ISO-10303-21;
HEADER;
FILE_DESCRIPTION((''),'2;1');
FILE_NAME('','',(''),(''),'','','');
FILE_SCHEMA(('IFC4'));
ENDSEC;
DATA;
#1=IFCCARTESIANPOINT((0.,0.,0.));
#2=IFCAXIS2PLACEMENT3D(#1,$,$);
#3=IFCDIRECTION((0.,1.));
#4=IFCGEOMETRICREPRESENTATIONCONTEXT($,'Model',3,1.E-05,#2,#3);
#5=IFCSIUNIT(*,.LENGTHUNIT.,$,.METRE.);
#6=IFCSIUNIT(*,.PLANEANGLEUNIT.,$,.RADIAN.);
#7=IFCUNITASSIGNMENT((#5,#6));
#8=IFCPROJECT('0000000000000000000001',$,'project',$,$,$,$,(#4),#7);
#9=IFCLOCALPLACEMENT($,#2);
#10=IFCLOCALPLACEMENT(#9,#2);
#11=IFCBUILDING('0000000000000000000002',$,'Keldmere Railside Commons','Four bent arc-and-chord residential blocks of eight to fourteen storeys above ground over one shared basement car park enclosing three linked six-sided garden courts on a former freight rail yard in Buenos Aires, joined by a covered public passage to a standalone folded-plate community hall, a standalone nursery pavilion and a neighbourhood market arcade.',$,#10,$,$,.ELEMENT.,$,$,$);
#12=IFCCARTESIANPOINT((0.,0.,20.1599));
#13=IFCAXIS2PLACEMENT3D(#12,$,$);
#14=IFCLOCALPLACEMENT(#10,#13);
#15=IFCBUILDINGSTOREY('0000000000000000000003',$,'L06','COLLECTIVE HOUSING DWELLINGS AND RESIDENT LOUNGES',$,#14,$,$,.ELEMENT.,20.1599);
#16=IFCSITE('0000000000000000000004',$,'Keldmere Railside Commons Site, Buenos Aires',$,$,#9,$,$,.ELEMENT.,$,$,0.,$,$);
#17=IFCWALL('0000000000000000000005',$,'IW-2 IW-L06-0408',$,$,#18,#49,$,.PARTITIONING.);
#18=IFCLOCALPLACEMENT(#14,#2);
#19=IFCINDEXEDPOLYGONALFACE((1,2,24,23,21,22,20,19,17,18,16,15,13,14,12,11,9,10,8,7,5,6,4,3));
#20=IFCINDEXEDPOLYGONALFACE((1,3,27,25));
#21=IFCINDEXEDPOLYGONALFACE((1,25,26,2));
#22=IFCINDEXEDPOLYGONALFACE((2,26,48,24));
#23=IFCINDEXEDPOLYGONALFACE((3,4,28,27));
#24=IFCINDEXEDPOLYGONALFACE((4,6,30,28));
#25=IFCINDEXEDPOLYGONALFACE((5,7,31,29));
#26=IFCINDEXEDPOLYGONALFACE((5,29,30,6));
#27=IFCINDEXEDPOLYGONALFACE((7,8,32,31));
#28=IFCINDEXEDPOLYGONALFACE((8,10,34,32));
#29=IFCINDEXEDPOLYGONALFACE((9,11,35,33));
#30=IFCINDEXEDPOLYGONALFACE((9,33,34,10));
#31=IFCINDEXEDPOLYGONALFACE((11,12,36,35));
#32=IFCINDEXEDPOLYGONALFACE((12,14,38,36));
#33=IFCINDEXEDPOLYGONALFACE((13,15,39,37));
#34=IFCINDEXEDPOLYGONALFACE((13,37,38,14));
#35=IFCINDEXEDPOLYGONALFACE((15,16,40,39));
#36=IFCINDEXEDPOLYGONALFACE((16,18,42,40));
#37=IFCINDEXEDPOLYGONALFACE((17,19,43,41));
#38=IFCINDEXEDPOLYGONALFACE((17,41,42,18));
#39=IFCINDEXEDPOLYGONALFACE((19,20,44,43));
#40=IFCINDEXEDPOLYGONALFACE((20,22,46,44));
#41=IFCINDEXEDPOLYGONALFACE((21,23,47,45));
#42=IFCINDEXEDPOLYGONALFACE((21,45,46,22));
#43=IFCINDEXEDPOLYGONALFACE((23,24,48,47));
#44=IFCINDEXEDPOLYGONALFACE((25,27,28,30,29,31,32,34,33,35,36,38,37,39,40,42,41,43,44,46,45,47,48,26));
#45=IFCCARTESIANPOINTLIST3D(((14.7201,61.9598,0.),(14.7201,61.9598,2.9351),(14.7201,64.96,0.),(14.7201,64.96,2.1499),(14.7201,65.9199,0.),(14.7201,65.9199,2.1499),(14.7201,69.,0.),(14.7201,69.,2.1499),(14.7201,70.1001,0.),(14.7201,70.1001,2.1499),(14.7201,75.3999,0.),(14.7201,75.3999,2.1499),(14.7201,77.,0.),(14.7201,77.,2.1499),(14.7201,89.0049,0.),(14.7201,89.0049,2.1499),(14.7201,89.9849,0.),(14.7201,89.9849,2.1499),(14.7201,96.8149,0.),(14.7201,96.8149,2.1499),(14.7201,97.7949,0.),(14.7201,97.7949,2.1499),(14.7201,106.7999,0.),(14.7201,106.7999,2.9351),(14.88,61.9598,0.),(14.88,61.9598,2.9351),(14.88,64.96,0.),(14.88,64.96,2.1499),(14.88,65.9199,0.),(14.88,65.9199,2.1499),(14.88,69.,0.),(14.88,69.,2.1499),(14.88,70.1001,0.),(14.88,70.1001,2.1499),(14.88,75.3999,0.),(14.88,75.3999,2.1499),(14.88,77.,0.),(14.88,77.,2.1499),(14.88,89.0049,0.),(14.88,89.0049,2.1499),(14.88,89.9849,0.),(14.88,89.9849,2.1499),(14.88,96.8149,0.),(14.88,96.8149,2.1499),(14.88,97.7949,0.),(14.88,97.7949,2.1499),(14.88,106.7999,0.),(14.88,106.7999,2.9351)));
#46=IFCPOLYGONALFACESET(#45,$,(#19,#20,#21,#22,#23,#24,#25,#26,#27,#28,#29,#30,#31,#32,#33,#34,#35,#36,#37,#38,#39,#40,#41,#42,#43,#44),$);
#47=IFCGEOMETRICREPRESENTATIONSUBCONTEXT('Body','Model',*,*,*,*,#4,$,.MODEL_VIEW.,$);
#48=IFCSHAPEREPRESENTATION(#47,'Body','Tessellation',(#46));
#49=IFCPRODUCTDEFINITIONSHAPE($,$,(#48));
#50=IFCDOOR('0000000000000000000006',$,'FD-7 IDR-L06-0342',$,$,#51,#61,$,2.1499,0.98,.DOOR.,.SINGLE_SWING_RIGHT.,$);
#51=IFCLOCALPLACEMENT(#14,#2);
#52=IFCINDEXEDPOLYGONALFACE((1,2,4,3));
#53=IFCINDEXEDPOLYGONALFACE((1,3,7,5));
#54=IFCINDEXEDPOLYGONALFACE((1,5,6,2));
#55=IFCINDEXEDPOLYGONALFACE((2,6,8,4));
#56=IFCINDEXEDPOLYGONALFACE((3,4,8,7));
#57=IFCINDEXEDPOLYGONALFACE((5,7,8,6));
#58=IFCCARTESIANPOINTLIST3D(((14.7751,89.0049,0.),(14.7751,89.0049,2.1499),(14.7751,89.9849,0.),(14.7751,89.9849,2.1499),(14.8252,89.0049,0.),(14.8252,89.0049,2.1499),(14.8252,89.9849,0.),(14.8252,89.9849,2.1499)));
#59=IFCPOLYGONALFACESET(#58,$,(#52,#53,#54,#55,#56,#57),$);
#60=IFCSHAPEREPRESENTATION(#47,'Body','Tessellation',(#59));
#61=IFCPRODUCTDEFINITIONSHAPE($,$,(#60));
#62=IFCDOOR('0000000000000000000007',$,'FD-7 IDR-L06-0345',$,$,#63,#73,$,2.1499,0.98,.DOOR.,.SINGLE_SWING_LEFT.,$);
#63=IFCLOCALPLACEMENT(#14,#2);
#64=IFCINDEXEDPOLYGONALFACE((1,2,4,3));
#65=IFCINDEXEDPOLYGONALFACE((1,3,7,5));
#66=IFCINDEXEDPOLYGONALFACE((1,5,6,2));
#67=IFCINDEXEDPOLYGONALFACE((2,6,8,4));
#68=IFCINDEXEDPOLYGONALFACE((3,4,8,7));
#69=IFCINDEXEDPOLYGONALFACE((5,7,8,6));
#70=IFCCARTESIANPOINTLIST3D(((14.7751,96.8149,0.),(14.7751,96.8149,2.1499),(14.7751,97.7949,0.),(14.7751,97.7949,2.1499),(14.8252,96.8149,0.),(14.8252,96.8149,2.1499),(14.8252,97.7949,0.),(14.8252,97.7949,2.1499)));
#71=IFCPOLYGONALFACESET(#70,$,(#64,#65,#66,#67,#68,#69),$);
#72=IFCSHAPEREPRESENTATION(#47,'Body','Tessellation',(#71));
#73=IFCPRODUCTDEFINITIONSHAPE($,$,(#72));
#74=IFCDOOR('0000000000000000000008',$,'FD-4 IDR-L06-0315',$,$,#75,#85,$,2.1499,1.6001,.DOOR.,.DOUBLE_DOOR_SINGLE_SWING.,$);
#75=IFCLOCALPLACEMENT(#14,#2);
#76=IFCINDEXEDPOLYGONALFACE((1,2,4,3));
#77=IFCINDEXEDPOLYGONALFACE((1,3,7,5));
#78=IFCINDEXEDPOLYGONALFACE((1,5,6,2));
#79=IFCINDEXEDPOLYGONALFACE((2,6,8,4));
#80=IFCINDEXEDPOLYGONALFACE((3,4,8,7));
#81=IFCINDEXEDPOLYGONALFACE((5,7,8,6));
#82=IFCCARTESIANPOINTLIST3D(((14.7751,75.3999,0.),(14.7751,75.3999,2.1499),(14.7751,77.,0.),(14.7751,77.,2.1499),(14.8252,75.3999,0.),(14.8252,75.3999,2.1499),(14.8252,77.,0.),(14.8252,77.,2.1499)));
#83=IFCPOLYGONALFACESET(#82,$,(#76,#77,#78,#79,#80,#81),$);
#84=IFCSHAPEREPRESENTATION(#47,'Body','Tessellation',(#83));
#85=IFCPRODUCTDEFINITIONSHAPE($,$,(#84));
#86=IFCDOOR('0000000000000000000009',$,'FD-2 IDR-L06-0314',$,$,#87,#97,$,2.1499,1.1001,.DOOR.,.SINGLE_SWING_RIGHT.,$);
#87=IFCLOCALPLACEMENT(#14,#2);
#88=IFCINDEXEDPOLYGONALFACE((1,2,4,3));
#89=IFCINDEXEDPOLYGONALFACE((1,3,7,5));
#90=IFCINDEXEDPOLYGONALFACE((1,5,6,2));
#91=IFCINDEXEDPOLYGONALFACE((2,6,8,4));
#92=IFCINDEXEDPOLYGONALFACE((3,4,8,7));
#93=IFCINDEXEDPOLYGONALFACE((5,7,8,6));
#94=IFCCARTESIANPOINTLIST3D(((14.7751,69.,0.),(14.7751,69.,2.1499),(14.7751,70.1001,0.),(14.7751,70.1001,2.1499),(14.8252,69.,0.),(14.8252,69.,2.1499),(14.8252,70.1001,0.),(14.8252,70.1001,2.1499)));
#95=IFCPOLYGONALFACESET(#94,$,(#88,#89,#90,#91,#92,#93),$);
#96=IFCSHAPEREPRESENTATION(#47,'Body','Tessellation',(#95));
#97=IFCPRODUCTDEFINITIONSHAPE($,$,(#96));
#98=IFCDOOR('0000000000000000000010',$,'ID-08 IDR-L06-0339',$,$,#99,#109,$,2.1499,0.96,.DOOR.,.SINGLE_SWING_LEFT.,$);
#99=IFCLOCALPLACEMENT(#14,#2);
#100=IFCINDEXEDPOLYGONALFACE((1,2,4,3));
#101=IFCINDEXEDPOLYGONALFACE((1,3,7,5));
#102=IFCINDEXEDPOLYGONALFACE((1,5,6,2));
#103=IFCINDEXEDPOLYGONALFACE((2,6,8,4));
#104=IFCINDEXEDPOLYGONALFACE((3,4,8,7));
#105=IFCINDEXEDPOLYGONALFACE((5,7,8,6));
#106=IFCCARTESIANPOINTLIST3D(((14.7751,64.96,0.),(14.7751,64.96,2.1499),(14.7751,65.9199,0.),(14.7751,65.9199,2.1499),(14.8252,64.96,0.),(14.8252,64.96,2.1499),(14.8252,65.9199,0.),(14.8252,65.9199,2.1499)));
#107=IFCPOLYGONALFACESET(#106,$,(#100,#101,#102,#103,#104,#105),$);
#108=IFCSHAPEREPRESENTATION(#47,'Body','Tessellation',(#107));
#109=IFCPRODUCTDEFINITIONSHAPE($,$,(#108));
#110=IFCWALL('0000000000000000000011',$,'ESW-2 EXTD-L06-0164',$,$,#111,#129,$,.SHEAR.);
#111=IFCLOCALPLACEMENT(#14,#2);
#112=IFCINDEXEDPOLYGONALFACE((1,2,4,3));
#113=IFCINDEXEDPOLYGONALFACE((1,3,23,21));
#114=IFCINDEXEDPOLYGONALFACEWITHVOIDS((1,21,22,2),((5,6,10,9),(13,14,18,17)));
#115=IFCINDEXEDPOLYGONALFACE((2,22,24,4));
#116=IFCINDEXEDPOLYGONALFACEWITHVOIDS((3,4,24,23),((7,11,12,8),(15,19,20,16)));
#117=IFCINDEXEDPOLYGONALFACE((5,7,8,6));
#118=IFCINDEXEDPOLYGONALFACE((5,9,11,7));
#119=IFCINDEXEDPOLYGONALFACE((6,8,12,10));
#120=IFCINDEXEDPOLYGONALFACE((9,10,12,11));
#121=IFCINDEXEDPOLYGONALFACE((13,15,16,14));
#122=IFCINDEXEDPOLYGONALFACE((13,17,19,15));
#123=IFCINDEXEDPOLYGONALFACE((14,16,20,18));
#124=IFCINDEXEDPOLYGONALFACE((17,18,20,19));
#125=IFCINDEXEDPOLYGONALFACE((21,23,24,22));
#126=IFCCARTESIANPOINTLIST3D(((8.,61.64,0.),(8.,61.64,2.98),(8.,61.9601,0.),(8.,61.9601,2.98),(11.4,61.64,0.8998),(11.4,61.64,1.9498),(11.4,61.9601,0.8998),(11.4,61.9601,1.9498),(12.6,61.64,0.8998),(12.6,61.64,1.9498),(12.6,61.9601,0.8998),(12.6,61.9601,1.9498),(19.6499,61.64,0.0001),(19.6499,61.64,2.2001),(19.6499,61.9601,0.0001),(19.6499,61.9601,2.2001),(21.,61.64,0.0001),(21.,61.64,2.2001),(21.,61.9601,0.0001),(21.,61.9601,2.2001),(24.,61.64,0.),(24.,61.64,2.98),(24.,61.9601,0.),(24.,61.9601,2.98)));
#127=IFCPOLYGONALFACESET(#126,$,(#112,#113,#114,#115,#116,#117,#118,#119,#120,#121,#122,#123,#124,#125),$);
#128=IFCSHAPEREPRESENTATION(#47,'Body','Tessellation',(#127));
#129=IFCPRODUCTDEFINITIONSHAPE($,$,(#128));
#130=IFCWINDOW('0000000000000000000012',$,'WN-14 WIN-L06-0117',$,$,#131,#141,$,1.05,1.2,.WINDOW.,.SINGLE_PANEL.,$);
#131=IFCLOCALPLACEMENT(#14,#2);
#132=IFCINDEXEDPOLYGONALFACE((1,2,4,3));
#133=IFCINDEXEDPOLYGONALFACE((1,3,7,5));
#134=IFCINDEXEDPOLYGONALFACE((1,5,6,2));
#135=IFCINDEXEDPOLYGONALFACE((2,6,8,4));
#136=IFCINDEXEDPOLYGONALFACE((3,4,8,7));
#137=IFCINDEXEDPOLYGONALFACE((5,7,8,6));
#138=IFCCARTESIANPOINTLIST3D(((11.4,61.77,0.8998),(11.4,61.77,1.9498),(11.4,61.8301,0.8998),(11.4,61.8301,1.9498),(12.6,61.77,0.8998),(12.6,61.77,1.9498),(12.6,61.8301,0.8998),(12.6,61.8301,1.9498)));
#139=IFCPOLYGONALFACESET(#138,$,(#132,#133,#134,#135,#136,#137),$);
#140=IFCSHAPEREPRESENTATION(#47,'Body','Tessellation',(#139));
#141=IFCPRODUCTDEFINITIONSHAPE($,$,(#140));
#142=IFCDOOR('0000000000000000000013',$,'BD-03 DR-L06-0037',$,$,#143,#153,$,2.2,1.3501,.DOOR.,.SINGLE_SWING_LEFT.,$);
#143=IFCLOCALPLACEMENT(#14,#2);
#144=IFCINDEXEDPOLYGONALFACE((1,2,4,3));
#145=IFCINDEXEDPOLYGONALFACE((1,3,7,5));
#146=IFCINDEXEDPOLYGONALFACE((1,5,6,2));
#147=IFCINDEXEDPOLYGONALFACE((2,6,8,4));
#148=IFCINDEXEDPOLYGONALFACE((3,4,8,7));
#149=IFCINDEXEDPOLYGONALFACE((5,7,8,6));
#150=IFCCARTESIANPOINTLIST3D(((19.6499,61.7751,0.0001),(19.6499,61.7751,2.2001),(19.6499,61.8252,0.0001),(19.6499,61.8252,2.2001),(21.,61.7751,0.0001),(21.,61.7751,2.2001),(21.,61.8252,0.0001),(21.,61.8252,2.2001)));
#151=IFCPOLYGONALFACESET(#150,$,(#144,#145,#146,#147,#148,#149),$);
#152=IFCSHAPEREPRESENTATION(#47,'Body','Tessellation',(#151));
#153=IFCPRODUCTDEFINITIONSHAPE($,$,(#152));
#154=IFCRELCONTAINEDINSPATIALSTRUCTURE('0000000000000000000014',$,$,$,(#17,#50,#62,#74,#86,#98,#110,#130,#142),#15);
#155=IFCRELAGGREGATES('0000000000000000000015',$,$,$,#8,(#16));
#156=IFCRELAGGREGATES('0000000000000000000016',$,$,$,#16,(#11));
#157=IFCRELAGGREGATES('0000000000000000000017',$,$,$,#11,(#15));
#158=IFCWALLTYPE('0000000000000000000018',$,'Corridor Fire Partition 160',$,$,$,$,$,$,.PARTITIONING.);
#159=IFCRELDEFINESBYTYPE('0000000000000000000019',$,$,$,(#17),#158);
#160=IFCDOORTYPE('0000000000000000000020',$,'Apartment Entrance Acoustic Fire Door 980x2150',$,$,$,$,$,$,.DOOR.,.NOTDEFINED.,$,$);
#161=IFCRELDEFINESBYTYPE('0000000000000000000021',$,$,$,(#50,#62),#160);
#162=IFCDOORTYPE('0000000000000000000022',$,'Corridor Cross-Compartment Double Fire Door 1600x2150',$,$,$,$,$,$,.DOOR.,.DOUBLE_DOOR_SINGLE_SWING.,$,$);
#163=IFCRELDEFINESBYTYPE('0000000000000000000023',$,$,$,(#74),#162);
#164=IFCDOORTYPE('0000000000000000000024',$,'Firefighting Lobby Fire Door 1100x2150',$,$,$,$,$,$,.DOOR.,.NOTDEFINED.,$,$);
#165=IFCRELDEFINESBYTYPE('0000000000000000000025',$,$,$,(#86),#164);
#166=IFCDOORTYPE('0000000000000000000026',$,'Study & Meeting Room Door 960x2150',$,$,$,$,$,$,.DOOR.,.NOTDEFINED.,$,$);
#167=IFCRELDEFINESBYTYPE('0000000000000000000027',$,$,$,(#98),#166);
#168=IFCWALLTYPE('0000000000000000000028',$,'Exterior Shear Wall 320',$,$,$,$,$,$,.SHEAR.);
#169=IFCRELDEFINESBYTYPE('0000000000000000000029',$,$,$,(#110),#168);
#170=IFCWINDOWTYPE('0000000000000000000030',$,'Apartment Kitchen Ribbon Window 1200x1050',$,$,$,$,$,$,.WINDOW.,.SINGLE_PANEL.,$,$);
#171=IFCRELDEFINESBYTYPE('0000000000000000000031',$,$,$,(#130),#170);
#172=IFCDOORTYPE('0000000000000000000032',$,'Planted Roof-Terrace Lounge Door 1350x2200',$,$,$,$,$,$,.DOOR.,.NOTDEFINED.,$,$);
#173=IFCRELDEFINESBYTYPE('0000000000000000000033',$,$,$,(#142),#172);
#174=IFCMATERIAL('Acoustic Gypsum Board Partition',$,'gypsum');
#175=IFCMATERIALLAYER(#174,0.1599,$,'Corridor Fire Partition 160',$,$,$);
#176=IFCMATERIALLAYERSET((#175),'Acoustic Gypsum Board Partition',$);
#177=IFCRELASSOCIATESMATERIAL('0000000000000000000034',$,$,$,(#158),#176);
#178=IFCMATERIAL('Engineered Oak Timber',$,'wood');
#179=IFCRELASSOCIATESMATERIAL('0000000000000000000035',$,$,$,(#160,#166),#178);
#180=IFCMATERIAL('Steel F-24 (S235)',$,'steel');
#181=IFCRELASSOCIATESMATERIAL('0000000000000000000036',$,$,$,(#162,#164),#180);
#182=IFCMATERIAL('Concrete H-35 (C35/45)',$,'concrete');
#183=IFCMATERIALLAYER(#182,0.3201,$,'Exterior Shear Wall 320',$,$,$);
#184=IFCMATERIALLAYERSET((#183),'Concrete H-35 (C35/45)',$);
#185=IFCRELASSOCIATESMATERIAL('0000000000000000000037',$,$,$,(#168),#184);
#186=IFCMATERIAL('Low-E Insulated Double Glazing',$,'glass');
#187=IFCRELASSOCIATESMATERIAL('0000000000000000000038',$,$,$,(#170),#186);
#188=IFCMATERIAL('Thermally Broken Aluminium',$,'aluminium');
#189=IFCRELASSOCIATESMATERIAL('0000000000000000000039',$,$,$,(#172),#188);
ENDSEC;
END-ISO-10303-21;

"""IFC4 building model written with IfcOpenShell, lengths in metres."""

from ifc_helpers import new_model, si_unit, direction, frame, frame_2d, origin, place, context, subcontext, project, spatial, rectangle, extrude, material, layer, layer_set, type_object, element, fill, save


model = new_model("IFC4")

# Units and contexts
model_context = context("Model", 3, precision=1e-05, world=origin(), true_north=direction((0.0, 1.0)))
body_context = subcontext(model_context, "Body", "Model", "MODEL_VIEW")
ifc_project = project(units=[si_unit("LENGTHUNIT", "METRE"), si_unit("PLANEANGLEUNIT", "RADIAN")], contexts=[model_context])

# Site, building, storey
site_placement = place(None, origin())
site = spatial("IfcSite", under=ifc_project, at=site_placement, Name="Keldmere Railside Commons Site, Buenos Aires", CompositionType="ELEMENT", RefElevation=0.0)
building_placement = place(site_placement, origin())
building = spatial("IfcBuilding", under=site, at=building_placement, Name="Keldmere Railside Commons", Description="Four bent arc-and-chord residential blocks of eight to fourteen storeys above ground over one shared basement car park enclosing three linked six-sided garden courts on a former freight rail yard in Buenos Aires, joined by a covered public passage to a standalone folded-plate community hall, a standalone nursery pavilion and a neighbourhood market arcade.", CompositionType="ELEMENT")
storey_placement = place(building_placement, frame((0.0, 0.0, 20.1599)))
storey = spatial("IfcBuildingStorey", under=building, at=storey_placement, Name="L06", Description="COLLECTIVE HOUSING DWELLINGS AND RESIDENT LOUNGES", CompositionType="ELEMENT", Elevation=20.1599)

# Wall, openings, doors
ifc_material_1 = material(Name="Acoustic Gypsum Board Partition", Category="gypsum")
ifc_layer_1 = layer(ifc_material_1, 0.1599, Name="Corridor Fire Partition 160")
ifc_layer_set_1 = layer_set([ifc_layer_1], Name="Acoustic Gypsum Board Partition")
wall_type_1 = type_object("IfcWallType", Name="Corridor Fire Partition 160", PredefinedType="PARTITIONING", material=ifc_layer_set_1)
wall_1_placement = place(storey_placement, frame((14.8, 61.96, 0.0), z_axis=(0.0, 0.0, 1.0), x_axis=(0.0, 1.0, 0.0)))
wall_1 = element("IfcWall", 1, at=wall_1_placement, inside=storey, type_object=wall_type_1, Name="IW-2 IW-L06-0408", PredefinedType="PARTITIONING", context=body_context, shape_type="SweptSolid", body=[
    extrude(rectangle(XDim=44.8401, YDim=0.1599, at=frame_2d((22.4199, 0.0))), origin(), (0.0, 0.0, 1.0), 2.9351),
])
opening_1_placement = place(wall_1_placement, frame((7.04, 0.0, 0.0)))
opening_1 = element("IfcOpeningElement", 2, at=opening_1_placement, cuts=wall_1, PredefinedType="OPENING", context=body_context, shape_type="SweptSolid", body=[
    extrude(rectangle(XDim=1.1001, YDim=2.1499, at=frame_2d((0.55, 1.075))), frame((0.0, 0.0898, 0.0), z_axis=(0.0, -1.0, 0.0), x_axis=(1.0, 0.0, 0.0)), (0.0, 0.0, 1.0), 0.1799),
])
opening_2_placement = place(wall_1_placement, frame((13.4399, 0.0, 0.0)))
opening_2 = element("IfcOpeningElement", 3, at=opening_2_placement, cuts=wall_1, PredefinedType="OPENING", context=body_context, shape_type="SweptSolid", body=[
    extrude(rectangle(XDim=1.6001, YDim=2.1499, at=frame_2d((0.8, 1.075))), frame((0.0, 0.0898, 0.0), z_axis=(0.0, -1.0, 0.0), x_axis=(1.0, 0.0, 0.0)), (0.0, 0.0, 1.0), 0.1799),
])
opening_3_placement = place(wall_1_placement, frame((3.0, 0.0, 0.0)))
opening_3 = element("IfcOpeningElement", 4, at=opening_3_placement, cuts=wall_1, PredefinedType="OPENING", context=body_context, shape_type="SweptSolid", body=[
    extrude(rectangle(XDim=0.96, YDim=2.1499, at=frame_2d((0.48, 1.075))), frame((0.0, 0.0898, 0.0), z_axis=(0.0, -1.0, 0.0), x_axis=(1.0, 0.0, 0.0)), (0.0, 0.0, 1.0), 0.1799),
])
opening_4_placement = place(wall_1_placement, frame((27.0449, 0.0, 0.0)))
opening_4 = element("IfcOpeningElement", 5, at=opening_4_placement, cuts=wall_1, PredefinedType="OPENING", context=body_context, shape_type="SweptSolid", body=[
    extrude(rectangle(XDim=0.98, YDim=2.1499, at=frame_2d((0.49, 1.075))), frame((0.0, 0.0898, 0.0), z_axis=(0.0, -1.0, 0.0), x_axis=(1.0, 0.0, 0.0)), (0.0, 0.0, 1.0), 0.1799),
])
opening_5_placement = place(wall_1_placement, frame((34.855, 0.0, 0.0)))
opening_5 = element("IfcOpeningElement", 6, at=opening_5_placement, cuts=wall_1, PredefinedType="OPENING", context=body_context, shape_type="SweptSolid", body=[
    extrude(rectangle(XDim=0.98, YDim=2.1499, at=frame_2d((0.49, 1.075))), frame((0.0, 0.0898, 0.0), z_axis=(0.0, -1.0, 0.0), x_axis=(1.0, 0.0, 0.0)), (0.0, 0.0, 1.0), 0.1799),
])
ifc_material_2 = material(Name="Engineered Oak Timber", Category="wood")
door_type_1 = type_object("IfcDoorType", Name="Apartment Entrance Acoustic Fire Door 980x2150", OperationType="NOTDEFINED", PredefinedType="DOOR", material=ifc_material_2)
door_1_placement = place(opening_4_placement, origin())
door_1 = element("IfcDoor", 7, at=door_1_placement, inside=storey, type_object=door_type_1, Name="FD-7 IDR-L06-0342", OperationType="SINGLE_SWING_RIGHT", OverallHeight=2.1499, OverallWidth=0.98, PredefinedType="DOOR", context=body_context, shape_type="SweptSolid", body=[
    extrude(rectangle(XDim=0.98, YDim=2.1499, at=frame_2d((0.49, 1.075))), frame((0.0, 0.0249, 0.0), z_axis=(0.0, -1.0, 0.0), x_axis=(1.0, 0.0, 0.0)), (0.0, 0.0, 1.0), 0.05),
])
fill(opening_4, door_1)
door_2_placement = place(opening_5_placement, origin())
door_2 = element("IfcDoor", 8, at=door_2_placement, inside=storey, type_object=door_type_1, Name="FD-7 IDR-L06-0345", OperationType="SINGLE_SWING_LEFT", OverallHeight=2.1499, OverallWidth=0.98, PredefinedType="DOOR", context=body_context, shape_type="SweptSolid", body=[
    extrude(rectangle(XDim=0.98, YDim=2.1499, at=frame_2d((0.49, 1.075))), frame((0.0, 0.0249, 0.0), z_axis=(0.0, -1.0, 0.0), x_axis=(1.0, 0.0, 0.0)), (0.0, 0.0, 1.0), 0.05),
])
fill(opening_5, door_2)
ifc_material_3 = material(Name="Steel F-24 (S235)", Category="steel")
door_type_2 = type_object("IfcDoorType", Name="Corridor Cross-Compartment Double Fire Door 1600x2150", OperationType="DOUBLE_DOOR_SINGLE_SWING", PredefinedType="DOOR", material=ifc_material_3)
door_3_placement = place(opening_2_placement, origin())
door_3 = element("IfcDoor", 9, at=door_3_placement, inside=storey, type_object=door_type_2, Name="FD-4 IDR-L06-0315", OperationType="DOUBLE_DOOR_SINGLE_SWING", OverallHeight=2.1499, OverallWidth=1.6001, PredefinedType="DOOR", context=body_context, shape_type="SweptSolid", body=[
    extrude(rectangle(XDim=1.6001, YDim=2.1499, at=frame_2d((0.8, 1.075))), frame((0.0, 0.0249, 0.0), z_axis=(0.0, -1.0, 0.0), x_axis=(1.0, 0.0, 0.0)), (0.0, 0.0, 1.0), 0.05),
])
fill(opening_2, door_3)
door_type_3 = type_object("IfcDoorType", Name="Firefighting Lobby Fire Door 1100x2150", OperationType="NOTDEFINED", PredefinedType="DOOR", material=ifc_material_3)
door_4_placement = place(opening_1_placement, origin())
door_4 = element("IfcDoor", 10, at=door_4_placement, inside=storey, type_object=door_type_3, Name="FD-2 IDR-L06-0314", OperationType="SINGLE_SWING_RIGHT", OverallHeight=2.1499, OverallWidth=1.1001, PredefinedType="DOOR", context=body_context, shape_type="SweptSolid", body=[
    extrude(rectangle(XDim=1.1001, YDim=2.1499, at=frame_2d((0.55, 1.075))), frame((0.0, 0.0249, 0.0), z_axis=(0.0, -1.0, 0.0), x_axis=(1.0, 0.0, 0.0)), (0.0, 0.0, 1.0), 0.05),
])
fill(opening_1, door_4)
door_type_4 = type_object("IfcDoorType", Name="Study & Meeting Room Door 960x2150", OperationType="NOTDEFINED", PredefinedType="DOOR", material=ifc_material_2)
door_5_placement = place(opening_3_placement, origin())
door_5 = element("IfcDoor", 11, at=door_5_placement, inside=storey, type_object=door_type_4, Name="ID-08 IDR-L06-0339", OperationType="SINGLE_SWING_LEFT", OverallHeight=2.1499, OverallWidth=0.96, PredefinedType="DOOR", context=body_context, shape_type="SweptSolid", body=[
    extrude(rectangle(XDim=0.96, YDim=2.1499, at=frame_2d((0.48, 1.075))), frame((0.0, 0.0249, 0.0), z_axis=(0.0, -1.0, 0.0), x_axis=(1.0, 0.0, 0.0)), (0.0, 0.0, 1.0), 0.05),
])
fill(opening_3, door_5)

# Wall, openings, window, door
ifc_material_4 = material(Name="Concrete H-35 (C35/45)", Category="concrete")
ifc_layer_2 = layer(ifc_material_4, 0.3201, Name="Exterior Shear Wall 320")
ifc_layer_set_2 = layer_set([ifc_layer_2], Name="Concrete H-35 (C35/45)")
wall_type_2 = type_object("IfcWallType", Name="Exterior Shear Wall 320", PredefinedType="SHEAR", material=ifc_layer_set_2)
wall_2_placement = place(storey_placement, frame((24.0, 61.8, 0.0), z_axis=(0.0, 0.0, 1.0), x_axis=(-1.0, 0.0, 0.0)))
wall_2 = element("IfcWall", 12, at=wall_2_placement, inside=storey, type_object=wall_type_2, Name="ESW-2 EXTD-L06-0164", PredefinedType="SHEAR", context=body_context, shape_type="SweptSolid", body=[
    extrude(rectangle(XDim=16.0, YDim=0.3201, at=frame_2d((8.0, 0.0))), origin(), (0.0, 0.0, 1.0), 2.98),
])
opening_6_placement = place(wall_2_placement, frame((3.0, 0.0, 0.0)))
opening_6 = element("IfcOpeningElement", 13, at=opening_6_placement, cuts=wall_2, PredefinedType="OPENING", context=body_context, shape_type="SweptSolid", body=[
    extrude(rectangle(XDim=1.3501, YDim=2.2, at=frame_2d((0.675, 1.1001))), frame((0.0, 0.1699, 0.0), z_axis=(0.0, -1.0, 0.0), x_axis=(1.0, 0.0, 0.0)), (0.0, 0.0, 1.0), 0.3401),
])
opening_7_placement = place(wall_2_placement, frame((11.3999, 0.0, 0.8999)))
opening_7 = element("IfcOpeningElement", 14, at=opening_7_placement, cuts=wall_2, PredefinedType="OPENING", context=body_context, shape_type="SweptSolid", body=[
    extrude(rectangle(XDim=1.2, YDim=1.05, at=frame_2d((0.6001, 0.5249))), frame((0.0, 0.1699, 0.0), z_axis=(0.0, -1.0, 0.0), x_axis=(1.0, 0.0, 0.0)), (0.0, 0.0, 1.0), 0.3401),
])
ifc_material_5 = material(Name="Low-E Insulated Double Glazing", Category="glass")
window_type_1 = type_object("IfcWindowType", Name="Apartment Kitchen Ribbon Window 1200x1050", PartitioningType="SINGLE_PANEL", PredefinedType="WINDOW", material=ifc_material_5)
window_1_placement = place(opening_7_placement, origin())
window_1 = element("IfcWindow", 15, at=window_1_placement, inside=storey, type_object=window_type_1, Name="WN-14 WIN-L06-0117", OverallHeight=1.05, OverallWidth=1.2, PartitioningType="SINGLE_PANEL", PredefinedType="WINDOW", context=body_context, shape_type="SweptSolid", body=[
    extrude(rectangle(XDim=1.2, YDim=1.05, at=frame_2d((0.6001, 0.5249))), frame((0.0, 0.03, 0.0), z_axis=(0.0, -1.0, 0.0), x_axis=(1.0, 0.0, 0.0)), (0.0, 0.0, 1.0), 0.0601),
])
fill(opening_7, window_1)
ifc_material_6 = material(Name="Thermally Broken Aluminium", Category="aluminium")
door_type_5 = type_object("IfcDoorType", Name="Planted Roof-Terrace Lounge Door 1350x2200", OperationType="NOTDEFINED", PredefinedType="DOOR", material=ifc_material_6)
door_6_placement = place(opening_6_placement, origin())
door_6 = element("IfcDoor", 16, at=door_6_placement, inside=storey, type_object=door_type_5, Name="BD-03 DR-L06-0037", OperationType="SINGLE_SWING_LEFT", OverallHeight=2.2, OverallWidth=1.3501, PredefinedType="DOOR", context=body_context, shape_type="SweptSolid", body=[
    extrude(rectangle(XDim=1.3501, YDim=2.2, at=frame_2d((0.675, 1.1001))), frame((0.0, 0.0249, 0.0), z_axis=(0.0, -1.0, 0.0), x_axis=(1.0, 0.0, 0.0)), (0.0, 0.0, 1.0), 0.05),
])
fill(opening_6, door_6)

save(model, "model.ifc")
